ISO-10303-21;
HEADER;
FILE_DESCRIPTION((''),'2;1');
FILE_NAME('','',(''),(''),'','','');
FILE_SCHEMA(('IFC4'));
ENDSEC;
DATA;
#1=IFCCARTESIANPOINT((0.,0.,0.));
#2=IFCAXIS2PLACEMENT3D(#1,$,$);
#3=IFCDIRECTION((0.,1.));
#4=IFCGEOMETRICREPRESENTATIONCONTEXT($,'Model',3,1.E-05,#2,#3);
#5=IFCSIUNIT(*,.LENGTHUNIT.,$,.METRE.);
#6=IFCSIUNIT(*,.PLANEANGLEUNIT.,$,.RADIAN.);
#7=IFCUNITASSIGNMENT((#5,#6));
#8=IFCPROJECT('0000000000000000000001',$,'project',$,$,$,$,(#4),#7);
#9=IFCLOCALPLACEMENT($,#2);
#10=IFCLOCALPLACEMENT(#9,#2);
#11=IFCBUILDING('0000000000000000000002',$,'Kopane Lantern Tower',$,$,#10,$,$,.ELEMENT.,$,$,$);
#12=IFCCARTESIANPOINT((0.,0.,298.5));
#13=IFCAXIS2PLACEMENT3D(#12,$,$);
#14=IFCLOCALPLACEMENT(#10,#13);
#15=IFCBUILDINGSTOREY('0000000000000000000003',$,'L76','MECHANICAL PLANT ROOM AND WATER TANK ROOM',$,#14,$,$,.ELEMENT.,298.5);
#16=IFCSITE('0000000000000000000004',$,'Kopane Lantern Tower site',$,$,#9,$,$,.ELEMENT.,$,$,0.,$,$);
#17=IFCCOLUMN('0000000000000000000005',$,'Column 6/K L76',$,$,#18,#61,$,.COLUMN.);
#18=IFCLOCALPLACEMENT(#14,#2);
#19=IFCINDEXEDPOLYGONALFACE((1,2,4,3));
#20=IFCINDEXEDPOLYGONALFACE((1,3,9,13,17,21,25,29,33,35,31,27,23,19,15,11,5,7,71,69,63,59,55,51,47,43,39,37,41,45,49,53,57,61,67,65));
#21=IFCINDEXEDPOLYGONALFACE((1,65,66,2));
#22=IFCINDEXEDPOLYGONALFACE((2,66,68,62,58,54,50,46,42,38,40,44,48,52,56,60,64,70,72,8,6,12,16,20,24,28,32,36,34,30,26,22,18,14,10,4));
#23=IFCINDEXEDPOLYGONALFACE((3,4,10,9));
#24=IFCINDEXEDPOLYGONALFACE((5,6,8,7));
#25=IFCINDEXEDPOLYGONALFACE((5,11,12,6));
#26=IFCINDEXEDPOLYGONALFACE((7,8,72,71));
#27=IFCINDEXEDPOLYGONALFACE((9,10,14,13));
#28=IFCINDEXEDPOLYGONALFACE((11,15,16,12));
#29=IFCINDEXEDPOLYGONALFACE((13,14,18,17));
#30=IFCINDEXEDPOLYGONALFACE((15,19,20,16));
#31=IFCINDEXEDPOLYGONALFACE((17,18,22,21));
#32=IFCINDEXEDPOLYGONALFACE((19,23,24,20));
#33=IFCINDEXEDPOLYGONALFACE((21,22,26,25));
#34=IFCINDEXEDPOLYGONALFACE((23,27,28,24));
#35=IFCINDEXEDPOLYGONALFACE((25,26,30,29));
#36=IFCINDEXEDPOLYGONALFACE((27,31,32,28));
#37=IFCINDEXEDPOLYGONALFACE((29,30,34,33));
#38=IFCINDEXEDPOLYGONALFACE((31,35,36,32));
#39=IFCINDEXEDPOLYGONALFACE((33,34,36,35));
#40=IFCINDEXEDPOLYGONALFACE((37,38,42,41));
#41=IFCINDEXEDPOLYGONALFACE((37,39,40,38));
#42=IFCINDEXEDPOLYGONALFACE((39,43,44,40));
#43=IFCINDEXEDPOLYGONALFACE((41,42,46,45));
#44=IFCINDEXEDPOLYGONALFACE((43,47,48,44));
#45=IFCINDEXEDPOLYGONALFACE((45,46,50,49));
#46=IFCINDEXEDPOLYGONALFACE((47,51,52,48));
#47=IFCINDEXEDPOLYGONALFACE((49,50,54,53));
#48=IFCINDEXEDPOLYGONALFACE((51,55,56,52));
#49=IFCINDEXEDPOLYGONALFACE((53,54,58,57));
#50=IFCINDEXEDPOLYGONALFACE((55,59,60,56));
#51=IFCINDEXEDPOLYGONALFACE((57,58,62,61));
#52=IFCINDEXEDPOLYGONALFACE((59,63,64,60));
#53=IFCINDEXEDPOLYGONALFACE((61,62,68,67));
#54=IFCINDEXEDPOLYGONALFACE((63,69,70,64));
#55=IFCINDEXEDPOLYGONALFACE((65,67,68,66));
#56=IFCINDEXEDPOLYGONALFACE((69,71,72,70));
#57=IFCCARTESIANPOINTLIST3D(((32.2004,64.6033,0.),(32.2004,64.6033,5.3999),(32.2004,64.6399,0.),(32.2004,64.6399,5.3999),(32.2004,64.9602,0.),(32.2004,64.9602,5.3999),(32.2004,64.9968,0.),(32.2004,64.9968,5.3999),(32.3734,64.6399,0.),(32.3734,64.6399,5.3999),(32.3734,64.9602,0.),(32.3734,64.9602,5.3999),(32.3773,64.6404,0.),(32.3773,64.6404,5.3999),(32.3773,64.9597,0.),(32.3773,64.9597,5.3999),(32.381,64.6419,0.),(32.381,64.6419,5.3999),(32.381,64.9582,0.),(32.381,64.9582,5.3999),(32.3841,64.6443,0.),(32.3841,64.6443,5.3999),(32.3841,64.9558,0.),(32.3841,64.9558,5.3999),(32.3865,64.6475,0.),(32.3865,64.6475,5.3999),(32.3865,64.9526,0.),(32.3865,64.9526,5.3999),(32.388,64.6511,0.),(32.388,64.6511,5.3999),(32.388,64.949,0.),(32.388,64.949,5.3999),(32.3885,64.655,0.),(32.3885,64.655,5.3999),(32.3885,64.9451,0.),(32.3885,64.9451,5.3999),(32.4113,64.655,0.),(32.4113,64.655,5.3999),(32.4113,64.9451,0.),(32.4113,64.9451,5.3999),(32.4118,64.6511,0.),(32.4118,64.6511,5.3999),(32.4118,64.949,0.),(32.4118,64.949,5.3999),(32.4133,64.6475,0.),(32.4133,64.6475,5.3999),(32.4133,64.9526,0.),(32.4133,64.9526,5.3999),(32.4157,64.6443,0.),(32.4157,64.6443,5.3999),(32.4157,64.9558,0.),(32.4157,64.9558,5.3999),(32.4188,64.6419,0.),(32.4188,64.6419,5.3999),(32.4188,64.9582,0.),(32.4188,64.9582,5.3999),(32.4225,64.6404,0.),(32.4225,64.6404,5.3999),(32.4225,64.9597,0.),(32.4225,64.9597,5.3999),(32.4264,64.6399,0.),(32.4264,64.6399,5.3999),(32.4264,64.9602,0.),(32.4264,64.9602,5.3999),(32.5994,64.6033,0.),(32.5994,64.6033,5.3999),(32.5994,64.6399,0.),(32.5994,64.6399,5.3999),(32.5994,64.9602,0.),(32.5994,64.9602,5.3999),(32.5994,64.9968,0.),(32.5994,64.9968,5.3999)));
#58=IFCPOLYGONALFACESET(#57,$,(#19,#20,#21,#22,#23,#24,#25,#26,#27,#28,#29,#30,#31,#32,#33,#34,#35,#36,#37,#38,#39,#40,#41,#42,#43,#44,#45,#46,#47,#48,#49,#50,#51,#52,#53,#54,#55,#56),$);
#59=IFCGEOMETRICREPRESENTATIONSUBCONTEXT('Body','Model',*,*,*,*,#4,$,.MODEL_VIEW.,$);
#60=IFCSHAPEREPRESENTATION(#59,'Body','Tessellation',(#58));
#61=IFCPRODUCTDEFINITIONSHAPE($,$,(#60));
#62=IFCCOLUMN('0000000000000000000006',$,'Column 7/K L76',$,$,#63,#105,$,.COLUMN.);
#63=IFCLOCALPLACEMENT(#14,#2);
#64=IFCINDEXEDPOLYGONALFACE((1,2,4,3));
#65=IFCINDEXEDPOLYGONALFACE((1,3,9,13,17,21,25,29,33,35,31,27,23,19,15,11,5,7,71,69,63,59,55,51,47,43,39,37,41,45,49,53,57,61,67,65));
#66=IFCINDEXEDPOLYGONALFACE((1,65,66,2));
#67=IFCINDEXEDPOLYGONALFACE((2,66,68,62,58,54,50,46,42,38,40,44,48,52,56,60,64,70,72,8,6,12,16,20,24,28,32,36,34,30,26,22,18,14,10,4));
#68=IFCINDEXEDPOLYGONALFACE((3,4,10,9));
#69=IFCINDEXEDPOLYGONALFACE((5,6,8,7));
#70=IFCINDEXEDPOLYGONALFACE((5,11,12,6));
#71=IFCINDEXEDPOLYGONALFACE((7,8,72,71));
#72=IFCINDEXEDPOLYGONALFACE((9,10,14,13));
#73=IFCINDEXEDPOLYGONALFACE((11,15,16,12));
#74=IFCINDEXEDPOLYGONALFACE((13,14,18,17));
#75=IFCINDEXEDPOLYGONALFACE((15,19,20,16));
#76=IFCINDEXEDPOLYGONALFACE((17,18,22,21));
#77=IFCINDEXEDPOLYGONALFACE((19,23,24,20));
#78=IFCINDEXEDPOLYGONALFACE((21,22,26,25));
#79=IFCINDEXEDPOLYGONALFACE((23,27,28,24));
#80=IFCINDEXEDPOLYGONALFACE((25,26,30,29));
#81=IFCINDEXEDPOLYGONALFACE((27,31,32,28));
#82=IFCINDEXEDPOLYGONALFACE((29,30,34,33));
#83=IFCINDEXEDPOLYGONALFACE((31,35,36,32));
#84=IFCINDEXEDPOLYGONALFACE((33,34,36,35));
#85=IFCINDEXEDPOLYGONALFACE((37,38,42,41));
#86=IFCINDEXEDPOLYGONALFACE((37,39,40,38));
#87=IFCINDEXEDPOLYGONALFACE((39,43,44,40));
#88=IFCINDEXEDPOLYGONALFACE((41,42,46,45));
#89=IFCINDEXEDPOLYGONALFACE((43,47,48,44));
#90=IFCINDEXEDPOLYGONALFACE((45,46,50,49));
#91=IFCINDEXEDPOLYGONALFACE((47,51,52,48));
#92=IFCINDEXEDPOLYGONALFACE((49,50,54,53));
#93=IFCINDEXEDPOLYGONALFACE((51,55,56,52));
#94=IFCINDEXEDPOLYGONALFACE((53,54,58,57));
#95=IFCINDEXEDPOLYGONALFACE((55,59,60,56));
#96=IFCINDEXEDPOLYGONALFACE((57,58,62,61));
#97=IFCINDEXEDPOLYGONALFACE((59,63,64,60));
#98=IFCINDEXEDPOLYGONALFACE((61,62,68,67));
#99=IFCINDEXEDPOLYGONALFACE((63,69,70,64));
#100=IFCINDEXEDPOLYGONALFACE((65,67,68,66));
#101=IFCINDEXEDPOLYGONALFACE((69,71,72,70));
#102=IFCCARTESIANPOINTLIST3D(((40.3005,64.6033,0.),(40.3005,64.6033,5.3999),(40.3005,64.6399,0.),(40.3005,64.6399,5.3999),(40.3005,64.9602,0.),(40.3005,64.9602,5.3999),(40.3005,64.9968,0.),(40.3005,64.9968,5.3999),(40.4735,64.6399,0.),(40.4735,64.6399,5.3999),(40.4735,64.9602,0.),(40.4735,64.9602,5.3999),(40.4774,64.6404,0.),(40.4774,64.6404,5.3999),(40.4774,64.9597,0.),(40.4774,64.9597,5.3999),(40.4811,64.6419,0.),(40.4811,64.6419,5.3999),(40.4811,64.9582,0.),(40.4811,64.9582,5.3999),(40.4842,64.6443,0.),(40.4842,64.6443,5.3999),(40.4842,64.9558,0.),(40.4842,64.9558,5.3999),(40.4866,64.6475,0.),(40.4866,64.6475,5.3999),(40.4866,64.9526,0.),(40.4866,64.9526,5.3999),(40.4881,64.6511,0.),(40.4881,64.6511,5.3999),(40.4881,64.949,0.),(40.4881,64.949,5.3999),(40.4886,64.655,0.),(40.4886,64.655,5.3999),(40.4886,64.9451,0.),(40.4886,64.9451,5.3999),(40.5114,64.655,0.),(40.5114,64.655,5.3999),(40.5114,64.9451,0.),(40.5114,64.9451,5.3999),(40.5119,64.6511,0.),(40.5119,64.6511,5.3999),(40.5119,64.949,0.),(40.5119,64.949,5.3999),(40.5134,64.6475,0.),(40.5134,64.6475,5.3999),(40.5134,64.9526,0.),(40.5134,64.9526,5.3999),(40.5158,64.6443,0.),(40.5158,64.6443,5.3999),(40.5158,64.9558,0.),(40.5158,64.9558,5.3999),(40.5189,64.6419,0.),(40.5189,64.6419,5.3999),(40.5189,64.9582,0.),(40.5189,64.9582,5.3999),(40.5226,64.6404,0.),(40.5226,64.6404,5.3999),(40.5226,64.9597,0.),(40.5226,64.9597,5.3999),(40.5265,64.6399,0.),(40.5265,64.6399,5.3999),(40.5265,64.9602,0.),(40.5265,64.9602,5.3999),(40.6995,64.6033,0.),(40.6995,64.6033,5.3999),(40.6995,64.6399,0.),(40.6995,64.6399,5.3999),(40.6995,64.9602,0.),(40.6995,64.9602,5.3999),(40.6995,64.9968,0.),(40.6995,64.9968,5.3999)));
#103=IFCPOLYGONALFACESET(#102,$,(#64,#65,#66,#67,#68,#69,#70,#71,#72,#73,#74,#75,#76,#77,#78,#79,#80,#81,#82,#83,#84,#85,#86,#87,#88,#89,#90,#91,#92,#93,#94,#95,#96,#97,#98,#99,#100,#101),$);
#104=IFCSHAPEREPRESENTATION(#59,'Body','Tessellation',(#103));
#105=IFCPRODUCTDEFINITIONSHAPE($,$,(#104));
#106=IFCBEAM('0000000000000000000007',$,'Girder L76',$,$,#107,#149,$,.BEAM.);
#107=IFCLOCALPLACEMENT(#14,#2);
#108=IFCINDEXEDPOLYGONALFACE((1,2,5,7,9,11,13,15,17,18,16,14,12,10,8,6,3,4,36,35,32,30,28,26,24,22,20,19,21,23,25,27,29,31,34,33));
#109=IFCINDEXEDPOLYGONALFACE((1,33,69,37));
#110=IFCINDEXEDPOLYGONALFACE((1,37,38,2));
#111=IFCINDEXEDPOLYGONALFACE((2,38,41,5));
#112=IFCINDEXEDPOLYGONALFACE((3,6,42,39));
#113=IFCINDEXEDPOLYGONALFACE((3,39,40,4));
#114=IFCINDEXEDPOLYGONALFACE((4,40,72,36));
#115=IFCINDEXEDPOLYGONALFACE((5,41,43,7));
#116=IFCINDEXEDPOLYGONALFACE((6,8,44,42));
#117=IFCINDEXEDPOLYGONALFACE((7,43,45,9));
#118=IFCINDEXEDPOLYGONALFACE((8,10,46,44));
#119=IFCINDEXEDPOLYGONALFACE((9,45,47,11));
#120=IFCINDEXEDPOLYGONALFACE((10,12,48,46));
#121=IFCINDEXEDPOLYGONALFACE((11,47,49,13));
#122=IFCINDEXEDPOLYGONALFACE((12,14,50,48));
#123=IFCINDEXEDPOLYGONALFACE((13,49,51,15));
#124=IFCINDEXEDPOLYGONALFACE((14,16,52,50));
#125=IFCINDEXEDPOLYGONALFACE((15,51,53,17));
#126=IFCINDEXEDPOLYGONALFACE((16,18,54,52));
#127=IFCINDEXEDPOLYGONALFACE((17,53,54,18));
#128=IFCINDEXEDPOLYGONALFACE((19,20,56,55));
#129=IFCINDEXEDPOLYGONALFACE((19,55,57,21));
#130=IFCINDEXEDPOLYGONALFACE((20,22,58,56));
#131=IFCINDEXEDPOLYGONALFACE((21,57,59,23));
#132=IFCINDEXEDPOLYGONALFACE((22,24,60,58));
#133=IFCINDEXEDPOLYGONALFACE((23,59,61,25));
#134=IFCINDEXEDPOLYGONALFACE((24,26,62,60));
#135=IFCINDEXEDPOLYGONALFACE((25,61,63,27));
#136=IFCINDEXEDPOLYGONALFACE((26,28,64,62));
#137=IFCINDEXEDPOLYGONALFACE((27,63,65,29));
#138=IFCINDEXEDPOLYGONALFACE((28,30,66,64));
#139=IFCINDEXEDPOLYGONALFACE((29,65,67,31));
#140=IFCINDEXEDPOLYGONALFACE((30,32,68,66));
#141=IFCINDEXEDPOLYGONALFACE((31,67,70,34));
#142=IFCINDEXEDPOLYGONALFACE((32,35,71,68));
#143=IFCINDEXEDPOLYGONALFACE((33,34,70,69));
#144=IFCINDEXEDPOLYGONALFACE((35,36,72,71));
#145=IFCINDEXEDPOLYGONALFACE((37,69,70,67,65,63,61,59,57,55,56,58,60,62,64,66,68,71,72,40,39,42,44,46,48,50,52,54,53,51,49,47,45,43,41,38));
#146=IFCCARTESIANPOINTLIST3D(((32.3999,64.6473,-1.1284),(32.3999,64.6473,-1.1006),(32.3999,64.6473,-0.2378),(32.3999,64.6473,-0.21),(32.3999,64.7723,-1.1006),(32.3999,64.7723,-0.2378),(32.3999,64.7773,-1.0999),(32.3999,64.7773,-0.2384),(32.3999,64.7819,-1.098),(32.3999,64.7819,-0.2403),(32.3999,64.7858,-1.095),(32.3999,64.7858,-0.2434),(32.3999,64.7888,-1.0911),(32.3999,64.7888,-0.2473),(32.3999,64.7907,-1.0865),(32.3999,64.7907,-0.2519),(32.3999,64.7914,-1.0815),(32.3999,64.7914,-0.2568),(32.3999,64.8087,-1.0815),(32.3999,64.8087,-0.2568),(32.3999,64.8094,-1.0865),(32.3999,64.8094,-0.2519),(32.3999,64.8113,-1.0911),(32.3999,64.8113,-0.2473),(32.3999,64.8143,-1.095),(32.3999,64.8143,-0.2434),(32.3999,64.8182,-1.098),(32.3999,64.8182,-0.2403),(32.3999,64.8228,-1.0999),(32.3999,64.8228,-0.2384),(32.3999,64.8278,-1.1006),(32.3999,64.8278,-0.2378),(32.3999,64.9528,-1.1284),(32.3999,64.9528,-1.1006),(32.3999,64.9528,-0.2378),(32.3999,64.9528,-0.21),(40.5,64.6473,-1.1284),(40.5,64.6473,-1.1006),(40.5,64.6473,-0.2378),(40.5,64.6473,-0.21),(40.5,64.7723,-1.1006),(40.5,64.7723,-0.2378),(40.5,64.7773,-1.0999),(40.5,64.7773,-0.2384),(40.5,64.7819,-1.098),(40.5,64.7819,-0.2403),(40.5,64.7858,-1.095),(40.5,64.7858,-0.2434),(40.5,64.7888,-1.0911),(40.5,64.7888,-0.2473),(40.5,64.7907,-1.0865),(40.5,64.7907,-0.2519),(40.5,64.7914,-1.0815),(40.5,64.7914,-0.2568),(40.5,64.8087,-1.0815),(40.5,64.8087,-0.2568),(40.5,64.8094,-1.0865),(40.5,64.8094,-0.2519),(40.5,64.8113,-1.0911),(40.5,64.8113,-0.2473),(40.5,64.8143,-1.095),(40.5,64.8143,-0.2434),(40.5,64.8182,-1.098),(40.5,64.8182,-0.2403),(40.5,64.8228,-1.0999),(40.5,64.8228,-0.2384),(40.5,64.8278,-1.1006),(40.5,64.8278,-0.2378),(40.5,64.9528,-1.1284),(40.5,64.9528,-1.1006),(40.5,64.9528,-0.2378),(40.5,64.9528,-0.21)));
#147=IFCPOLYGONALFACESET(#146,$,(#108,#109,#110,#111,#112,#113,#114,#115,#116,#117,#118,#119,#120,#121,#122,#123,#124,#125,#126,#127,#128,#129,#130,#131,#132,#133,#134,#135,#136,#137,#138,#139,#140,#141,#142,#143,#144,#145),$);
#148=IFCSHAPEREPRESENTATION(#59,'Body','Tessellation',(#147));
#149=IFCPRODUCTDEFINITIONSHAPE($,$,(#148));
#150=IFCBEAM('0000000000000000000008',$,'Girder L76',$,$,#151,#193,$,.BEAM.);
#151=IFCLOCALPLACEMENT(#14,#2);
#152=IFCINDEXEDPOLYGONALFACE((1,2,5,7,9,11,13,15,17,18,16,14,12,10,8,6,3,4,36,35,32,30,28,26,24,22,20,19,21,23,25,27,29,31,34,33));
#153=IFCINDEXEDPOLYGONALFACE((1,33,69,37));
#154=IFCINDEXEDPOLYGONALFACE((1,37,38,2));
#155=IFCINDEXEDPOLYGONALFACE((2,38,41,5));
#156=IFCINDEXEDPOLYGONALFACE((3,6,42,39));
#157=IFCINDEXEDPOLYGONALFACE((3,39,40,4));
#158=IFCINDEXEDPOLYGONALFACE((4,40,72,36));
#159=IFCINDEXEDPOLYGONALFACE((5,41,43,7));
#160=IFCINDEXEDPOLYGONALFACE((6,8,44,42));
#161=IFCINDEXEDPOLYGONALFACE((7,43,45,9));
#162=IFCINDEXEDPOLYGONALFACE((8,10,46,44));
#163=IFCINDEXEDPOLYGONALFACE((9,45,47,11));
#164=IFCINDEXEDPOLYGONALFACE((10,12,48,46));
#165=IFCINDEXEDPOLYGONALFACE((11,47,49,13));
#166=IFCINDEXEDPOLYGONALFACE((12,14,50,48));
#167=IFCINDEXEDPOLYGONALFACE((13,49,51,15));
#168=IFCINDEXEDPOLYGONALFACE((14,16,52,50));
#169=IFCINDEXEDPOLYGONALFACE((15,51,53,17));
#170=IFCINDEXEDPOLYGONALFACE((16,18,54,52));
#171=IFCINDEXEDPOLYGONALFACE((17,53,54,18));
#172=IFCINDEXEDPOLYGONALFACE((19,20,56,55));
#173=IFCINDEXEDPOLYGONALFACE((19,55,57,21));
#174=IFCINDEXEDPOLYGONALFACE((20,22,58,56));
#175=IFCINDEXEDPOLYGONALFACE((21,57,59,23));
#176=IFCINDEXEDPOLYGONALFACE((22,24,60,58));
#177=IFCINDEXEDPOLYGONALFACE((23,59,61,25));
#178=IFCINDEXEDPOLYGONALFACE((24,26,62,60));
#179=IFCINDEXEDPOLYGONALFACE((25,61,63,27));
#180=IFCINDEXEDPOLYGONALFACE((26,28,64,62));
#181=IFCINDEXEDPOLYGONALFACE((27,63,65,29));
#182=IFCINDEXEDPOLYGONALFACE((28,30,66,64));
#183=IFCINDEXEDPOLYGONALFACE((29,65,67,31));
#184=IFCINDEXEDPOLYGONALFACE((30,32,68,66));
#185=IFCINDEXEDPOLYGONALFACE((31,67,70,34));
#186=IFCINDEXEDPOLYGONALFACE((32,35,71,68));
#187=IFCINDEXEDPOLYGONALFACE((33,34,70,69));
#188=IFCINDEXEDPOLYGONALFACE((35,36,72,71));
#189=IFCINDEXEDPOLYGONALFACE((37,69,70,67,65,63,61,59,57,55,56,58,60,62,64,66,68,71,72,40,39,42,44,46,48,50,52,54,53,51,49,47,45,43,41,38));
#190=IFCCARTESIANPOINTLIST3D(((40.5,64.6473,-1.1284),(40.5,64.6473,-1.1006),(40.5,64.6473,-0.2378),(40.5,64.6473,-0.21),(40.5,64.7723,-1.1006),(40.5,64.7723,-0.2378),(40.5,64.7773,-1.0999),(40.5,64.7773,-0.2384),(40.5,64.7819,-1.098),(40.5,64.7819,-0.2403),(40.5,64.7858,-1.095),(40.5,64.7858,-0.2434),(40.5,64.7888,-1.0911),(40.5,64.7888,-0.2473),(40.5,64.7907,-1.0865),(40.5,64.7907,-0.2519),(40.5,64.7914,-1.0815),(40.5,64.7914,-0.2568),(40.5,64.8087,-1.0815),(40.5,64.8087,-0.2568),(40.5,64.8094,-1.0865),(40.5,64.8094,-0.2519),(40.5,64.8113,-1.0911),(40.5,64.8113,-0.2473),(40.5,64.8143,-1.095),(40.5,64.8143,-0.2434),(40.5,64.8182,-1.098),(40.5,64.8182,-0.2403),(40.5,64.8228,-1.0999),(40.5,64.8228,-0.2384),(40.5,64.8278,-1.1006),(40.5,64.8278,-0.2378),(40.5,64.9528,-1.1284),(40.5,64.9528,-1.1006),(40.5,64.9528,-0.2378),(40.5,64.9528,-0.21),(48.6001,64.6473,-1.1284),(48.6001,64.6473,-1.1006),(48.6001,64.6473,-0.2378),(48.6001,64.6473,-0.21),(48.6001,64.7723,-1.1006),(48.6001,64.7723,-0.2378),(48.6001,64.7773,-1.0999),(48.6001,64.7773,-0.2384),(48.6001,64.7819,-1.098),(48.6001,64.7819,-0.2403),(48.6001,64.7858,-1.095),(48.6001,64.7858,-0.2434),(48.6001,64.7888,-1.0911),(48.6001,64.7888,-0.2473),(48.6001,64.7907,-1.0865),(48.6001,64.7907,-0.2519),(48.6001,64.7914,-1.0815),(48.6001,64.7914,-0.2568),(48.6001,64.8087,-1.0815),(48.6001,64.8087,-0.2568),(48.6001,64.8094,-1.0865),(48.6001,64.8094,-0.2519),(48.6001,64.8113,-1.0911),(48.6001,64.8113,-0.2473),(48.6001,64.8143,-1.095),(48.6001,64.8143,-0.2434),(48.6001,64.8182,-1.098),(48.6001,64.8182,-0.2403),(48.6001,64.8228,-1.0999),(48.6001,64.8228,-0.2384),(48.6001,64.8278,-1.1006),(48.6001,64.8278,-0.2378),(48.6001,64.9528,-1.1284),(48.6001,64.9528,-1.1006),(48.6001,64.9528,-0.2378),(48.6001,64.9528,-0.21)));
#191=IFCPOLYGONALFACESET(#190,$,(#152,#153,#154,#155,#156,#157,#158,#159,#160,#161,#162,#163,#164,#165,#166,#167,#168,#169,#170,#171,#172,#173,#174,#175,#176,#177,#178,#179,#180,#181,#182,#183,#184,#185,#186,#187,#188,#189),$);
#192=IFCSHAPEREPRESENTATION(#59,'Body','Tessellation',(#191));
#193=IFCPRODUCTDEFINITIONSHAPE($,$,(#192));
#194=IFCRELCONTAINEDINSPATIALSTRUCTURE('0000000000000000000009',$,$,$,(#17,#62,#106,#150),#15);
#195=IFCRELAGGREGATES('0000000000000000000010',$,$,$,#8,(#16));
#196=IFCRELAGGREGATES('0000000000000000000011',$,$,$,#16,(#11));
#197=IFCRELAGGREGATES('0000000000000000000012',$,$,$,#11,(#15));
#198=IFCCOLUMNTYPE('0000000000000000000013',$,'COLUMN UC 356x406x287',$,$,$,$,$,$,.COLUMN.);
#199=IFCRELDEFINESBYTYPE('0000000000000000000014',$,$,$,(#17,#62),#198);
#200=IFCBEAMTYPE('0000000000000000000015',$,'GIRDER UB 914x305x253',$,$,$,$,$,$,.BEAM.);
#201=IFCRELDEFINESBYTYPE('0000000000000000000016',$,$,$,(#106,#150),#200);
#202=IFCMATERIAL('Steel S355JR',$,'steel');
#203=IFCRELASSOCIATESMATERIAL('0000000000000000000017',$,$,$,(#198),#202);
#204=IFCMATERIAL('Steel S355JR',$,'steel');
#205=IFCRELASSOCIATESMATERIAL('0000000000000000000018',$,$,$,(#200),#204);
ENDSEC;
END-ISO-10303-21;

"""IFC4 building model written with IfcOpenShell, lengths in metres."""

from ifc_helpers import new_model, si_unit, direction, frame, origin, origin_2d, place, context, subcontext, project, spatial, i_section, extrude, material, material_profile, profile_set, type_object, element, save


model = new_model("IFC4")

# Units and contexts
model_context = context("Model", 3, precision=1e-05, world=origin(), true_north=direction((0.0, 1.0)))
body_context = subcontext(model_context, "Body", "Model", "MODEL_VIEW")
ifc_project = project(units=[si_unit("LENGTHUNIT", "METRE"), si_unit("PLANEANGLEUNIT", "RADIAN")], contexts=[model_context])

# Site, building, storey
site_placement = place(None, origin())
site = spatial("IfcSite", under=ifc_project, at=site_placement, Name="Kopane Lantern Tower site", CompositionType="ELEMENT", RefElevation=0.0)
building_placement = place(site_placement, origin())
building = spatial("IfcBuilding", under=site, at=building_placement, Name="Kopane Lantern Tower", CompositionType="ELEMENT")
storey_placement = place(building_placement, frame((0.0, 0.0, 298.5)))
storey = spatial("IfcBuildingStorey", under=building, at=storey_placement, Name="L76", Description="MECHANICAL PLANT ROOM AND WATER TANK ROOM", CompositionType="ELEMENT", Elevation=298.5)

# Columns
ifc_material_1 = material(Name="Steel S355JR", Category="steel")
ifc_material_profile_1 = material_profile(ifc_material_1, i_section(OverallWidth=0.3989, OverallDepth=0.3936, WebThickness=0.0227, FlangeThickness=0.0366, FilletRadius=0.0151, at=origin_2d()), Name="UC 356x406x287")
ifc_profile_set_1 = profile_set([ifc_material_profile_1], Name="Steel S355JR")
column_type = type_object("IfcColumnType", Name="COLUMN UC 356x406x287", PredefinedType="COLUMN", material=ifc_profile_set_1)
for number, where, z_axis, x_axis, name in (
    (1, (32.3999, 64.8, 0.0), (0.0, 0.0, 1.0), (1.0, 0.0, 0.0), "Column 6/K L76"),
    (2, (40.5, 64.8, 0.0), (0.0, 0.0, 1.0), (1.0, 0.0, 0.0), "Column 7/K L76"),
):
    element("IfcColumn", number, at=place(storey_placement, frame(where, z_axis=z_axis, x_axis=x_axis)), inside=storey, type_object=column_type, Name=name, PredefinedType="COLUMN", context=body_context, shape_type="SweptSolid", body=[
        extrude(i_section(OverallWidth=0.3989, OverallDepth=0.3936, WebThickness=0.0227, FlangeThickness=0.0366, FilletRadius=0.0151, at=origin_2d()), origin(), (0.0, 0.0, 1.0), 5.3999),
    ])

# Beams
ifc_material_2 = material(Name="Steel S355JR", Category="steel")
ifc_material_profile_2 = material_profile(ifc_material_2, i_section(OverallWidth=0.3054, OverallDepth=0.9185, WebThickness=0.0173, FlangeThickness=0.0278, FilletRadius=0.019, at=origin_2d()), Name="UB 914x305x253")
ifc_profile_set_2 = profile_set([ifc_material_profile_2], Name="Steel S355JR")
beam_type = type_object("IfcBeamType", Name="GIRDER UB 914x305x253", PredefinedType="BEAM", material=ifc_profile_set_2)
for number, where, z_axis, x_axis, name in (
    (3, (32.3999, 64.8, -0.6692), (1.0, 0.0, 0.0), (0.0, 1.0, 0.0), "Girder L76"),
    (4, (40.5, 64.8, -0.6692), (1.0, 0.0, 0.0), (0.0, 1.0, 0.0), "Girder L76"),
):
    element("IfcBeam", number, at=place(storey_placement, frame(where, z_axis=z_axis, x_axis=x_axis)), inside=storey, type_object=beam_type, Name=name, PredefinedType="BEAM", context=body_context, shape_type="SweptSolid", body=[
        extrude(i_section(OverallWidth=0.3054, OverallDepth=0.9185, WebThickness=0.0173, FlangeThickness=0.0278, FilletRadius=0.019, at=origin_2d()), origin(), (0.0, 0.0, 1.0), 8.1001),
    ])

save(model, "model.ifc")
